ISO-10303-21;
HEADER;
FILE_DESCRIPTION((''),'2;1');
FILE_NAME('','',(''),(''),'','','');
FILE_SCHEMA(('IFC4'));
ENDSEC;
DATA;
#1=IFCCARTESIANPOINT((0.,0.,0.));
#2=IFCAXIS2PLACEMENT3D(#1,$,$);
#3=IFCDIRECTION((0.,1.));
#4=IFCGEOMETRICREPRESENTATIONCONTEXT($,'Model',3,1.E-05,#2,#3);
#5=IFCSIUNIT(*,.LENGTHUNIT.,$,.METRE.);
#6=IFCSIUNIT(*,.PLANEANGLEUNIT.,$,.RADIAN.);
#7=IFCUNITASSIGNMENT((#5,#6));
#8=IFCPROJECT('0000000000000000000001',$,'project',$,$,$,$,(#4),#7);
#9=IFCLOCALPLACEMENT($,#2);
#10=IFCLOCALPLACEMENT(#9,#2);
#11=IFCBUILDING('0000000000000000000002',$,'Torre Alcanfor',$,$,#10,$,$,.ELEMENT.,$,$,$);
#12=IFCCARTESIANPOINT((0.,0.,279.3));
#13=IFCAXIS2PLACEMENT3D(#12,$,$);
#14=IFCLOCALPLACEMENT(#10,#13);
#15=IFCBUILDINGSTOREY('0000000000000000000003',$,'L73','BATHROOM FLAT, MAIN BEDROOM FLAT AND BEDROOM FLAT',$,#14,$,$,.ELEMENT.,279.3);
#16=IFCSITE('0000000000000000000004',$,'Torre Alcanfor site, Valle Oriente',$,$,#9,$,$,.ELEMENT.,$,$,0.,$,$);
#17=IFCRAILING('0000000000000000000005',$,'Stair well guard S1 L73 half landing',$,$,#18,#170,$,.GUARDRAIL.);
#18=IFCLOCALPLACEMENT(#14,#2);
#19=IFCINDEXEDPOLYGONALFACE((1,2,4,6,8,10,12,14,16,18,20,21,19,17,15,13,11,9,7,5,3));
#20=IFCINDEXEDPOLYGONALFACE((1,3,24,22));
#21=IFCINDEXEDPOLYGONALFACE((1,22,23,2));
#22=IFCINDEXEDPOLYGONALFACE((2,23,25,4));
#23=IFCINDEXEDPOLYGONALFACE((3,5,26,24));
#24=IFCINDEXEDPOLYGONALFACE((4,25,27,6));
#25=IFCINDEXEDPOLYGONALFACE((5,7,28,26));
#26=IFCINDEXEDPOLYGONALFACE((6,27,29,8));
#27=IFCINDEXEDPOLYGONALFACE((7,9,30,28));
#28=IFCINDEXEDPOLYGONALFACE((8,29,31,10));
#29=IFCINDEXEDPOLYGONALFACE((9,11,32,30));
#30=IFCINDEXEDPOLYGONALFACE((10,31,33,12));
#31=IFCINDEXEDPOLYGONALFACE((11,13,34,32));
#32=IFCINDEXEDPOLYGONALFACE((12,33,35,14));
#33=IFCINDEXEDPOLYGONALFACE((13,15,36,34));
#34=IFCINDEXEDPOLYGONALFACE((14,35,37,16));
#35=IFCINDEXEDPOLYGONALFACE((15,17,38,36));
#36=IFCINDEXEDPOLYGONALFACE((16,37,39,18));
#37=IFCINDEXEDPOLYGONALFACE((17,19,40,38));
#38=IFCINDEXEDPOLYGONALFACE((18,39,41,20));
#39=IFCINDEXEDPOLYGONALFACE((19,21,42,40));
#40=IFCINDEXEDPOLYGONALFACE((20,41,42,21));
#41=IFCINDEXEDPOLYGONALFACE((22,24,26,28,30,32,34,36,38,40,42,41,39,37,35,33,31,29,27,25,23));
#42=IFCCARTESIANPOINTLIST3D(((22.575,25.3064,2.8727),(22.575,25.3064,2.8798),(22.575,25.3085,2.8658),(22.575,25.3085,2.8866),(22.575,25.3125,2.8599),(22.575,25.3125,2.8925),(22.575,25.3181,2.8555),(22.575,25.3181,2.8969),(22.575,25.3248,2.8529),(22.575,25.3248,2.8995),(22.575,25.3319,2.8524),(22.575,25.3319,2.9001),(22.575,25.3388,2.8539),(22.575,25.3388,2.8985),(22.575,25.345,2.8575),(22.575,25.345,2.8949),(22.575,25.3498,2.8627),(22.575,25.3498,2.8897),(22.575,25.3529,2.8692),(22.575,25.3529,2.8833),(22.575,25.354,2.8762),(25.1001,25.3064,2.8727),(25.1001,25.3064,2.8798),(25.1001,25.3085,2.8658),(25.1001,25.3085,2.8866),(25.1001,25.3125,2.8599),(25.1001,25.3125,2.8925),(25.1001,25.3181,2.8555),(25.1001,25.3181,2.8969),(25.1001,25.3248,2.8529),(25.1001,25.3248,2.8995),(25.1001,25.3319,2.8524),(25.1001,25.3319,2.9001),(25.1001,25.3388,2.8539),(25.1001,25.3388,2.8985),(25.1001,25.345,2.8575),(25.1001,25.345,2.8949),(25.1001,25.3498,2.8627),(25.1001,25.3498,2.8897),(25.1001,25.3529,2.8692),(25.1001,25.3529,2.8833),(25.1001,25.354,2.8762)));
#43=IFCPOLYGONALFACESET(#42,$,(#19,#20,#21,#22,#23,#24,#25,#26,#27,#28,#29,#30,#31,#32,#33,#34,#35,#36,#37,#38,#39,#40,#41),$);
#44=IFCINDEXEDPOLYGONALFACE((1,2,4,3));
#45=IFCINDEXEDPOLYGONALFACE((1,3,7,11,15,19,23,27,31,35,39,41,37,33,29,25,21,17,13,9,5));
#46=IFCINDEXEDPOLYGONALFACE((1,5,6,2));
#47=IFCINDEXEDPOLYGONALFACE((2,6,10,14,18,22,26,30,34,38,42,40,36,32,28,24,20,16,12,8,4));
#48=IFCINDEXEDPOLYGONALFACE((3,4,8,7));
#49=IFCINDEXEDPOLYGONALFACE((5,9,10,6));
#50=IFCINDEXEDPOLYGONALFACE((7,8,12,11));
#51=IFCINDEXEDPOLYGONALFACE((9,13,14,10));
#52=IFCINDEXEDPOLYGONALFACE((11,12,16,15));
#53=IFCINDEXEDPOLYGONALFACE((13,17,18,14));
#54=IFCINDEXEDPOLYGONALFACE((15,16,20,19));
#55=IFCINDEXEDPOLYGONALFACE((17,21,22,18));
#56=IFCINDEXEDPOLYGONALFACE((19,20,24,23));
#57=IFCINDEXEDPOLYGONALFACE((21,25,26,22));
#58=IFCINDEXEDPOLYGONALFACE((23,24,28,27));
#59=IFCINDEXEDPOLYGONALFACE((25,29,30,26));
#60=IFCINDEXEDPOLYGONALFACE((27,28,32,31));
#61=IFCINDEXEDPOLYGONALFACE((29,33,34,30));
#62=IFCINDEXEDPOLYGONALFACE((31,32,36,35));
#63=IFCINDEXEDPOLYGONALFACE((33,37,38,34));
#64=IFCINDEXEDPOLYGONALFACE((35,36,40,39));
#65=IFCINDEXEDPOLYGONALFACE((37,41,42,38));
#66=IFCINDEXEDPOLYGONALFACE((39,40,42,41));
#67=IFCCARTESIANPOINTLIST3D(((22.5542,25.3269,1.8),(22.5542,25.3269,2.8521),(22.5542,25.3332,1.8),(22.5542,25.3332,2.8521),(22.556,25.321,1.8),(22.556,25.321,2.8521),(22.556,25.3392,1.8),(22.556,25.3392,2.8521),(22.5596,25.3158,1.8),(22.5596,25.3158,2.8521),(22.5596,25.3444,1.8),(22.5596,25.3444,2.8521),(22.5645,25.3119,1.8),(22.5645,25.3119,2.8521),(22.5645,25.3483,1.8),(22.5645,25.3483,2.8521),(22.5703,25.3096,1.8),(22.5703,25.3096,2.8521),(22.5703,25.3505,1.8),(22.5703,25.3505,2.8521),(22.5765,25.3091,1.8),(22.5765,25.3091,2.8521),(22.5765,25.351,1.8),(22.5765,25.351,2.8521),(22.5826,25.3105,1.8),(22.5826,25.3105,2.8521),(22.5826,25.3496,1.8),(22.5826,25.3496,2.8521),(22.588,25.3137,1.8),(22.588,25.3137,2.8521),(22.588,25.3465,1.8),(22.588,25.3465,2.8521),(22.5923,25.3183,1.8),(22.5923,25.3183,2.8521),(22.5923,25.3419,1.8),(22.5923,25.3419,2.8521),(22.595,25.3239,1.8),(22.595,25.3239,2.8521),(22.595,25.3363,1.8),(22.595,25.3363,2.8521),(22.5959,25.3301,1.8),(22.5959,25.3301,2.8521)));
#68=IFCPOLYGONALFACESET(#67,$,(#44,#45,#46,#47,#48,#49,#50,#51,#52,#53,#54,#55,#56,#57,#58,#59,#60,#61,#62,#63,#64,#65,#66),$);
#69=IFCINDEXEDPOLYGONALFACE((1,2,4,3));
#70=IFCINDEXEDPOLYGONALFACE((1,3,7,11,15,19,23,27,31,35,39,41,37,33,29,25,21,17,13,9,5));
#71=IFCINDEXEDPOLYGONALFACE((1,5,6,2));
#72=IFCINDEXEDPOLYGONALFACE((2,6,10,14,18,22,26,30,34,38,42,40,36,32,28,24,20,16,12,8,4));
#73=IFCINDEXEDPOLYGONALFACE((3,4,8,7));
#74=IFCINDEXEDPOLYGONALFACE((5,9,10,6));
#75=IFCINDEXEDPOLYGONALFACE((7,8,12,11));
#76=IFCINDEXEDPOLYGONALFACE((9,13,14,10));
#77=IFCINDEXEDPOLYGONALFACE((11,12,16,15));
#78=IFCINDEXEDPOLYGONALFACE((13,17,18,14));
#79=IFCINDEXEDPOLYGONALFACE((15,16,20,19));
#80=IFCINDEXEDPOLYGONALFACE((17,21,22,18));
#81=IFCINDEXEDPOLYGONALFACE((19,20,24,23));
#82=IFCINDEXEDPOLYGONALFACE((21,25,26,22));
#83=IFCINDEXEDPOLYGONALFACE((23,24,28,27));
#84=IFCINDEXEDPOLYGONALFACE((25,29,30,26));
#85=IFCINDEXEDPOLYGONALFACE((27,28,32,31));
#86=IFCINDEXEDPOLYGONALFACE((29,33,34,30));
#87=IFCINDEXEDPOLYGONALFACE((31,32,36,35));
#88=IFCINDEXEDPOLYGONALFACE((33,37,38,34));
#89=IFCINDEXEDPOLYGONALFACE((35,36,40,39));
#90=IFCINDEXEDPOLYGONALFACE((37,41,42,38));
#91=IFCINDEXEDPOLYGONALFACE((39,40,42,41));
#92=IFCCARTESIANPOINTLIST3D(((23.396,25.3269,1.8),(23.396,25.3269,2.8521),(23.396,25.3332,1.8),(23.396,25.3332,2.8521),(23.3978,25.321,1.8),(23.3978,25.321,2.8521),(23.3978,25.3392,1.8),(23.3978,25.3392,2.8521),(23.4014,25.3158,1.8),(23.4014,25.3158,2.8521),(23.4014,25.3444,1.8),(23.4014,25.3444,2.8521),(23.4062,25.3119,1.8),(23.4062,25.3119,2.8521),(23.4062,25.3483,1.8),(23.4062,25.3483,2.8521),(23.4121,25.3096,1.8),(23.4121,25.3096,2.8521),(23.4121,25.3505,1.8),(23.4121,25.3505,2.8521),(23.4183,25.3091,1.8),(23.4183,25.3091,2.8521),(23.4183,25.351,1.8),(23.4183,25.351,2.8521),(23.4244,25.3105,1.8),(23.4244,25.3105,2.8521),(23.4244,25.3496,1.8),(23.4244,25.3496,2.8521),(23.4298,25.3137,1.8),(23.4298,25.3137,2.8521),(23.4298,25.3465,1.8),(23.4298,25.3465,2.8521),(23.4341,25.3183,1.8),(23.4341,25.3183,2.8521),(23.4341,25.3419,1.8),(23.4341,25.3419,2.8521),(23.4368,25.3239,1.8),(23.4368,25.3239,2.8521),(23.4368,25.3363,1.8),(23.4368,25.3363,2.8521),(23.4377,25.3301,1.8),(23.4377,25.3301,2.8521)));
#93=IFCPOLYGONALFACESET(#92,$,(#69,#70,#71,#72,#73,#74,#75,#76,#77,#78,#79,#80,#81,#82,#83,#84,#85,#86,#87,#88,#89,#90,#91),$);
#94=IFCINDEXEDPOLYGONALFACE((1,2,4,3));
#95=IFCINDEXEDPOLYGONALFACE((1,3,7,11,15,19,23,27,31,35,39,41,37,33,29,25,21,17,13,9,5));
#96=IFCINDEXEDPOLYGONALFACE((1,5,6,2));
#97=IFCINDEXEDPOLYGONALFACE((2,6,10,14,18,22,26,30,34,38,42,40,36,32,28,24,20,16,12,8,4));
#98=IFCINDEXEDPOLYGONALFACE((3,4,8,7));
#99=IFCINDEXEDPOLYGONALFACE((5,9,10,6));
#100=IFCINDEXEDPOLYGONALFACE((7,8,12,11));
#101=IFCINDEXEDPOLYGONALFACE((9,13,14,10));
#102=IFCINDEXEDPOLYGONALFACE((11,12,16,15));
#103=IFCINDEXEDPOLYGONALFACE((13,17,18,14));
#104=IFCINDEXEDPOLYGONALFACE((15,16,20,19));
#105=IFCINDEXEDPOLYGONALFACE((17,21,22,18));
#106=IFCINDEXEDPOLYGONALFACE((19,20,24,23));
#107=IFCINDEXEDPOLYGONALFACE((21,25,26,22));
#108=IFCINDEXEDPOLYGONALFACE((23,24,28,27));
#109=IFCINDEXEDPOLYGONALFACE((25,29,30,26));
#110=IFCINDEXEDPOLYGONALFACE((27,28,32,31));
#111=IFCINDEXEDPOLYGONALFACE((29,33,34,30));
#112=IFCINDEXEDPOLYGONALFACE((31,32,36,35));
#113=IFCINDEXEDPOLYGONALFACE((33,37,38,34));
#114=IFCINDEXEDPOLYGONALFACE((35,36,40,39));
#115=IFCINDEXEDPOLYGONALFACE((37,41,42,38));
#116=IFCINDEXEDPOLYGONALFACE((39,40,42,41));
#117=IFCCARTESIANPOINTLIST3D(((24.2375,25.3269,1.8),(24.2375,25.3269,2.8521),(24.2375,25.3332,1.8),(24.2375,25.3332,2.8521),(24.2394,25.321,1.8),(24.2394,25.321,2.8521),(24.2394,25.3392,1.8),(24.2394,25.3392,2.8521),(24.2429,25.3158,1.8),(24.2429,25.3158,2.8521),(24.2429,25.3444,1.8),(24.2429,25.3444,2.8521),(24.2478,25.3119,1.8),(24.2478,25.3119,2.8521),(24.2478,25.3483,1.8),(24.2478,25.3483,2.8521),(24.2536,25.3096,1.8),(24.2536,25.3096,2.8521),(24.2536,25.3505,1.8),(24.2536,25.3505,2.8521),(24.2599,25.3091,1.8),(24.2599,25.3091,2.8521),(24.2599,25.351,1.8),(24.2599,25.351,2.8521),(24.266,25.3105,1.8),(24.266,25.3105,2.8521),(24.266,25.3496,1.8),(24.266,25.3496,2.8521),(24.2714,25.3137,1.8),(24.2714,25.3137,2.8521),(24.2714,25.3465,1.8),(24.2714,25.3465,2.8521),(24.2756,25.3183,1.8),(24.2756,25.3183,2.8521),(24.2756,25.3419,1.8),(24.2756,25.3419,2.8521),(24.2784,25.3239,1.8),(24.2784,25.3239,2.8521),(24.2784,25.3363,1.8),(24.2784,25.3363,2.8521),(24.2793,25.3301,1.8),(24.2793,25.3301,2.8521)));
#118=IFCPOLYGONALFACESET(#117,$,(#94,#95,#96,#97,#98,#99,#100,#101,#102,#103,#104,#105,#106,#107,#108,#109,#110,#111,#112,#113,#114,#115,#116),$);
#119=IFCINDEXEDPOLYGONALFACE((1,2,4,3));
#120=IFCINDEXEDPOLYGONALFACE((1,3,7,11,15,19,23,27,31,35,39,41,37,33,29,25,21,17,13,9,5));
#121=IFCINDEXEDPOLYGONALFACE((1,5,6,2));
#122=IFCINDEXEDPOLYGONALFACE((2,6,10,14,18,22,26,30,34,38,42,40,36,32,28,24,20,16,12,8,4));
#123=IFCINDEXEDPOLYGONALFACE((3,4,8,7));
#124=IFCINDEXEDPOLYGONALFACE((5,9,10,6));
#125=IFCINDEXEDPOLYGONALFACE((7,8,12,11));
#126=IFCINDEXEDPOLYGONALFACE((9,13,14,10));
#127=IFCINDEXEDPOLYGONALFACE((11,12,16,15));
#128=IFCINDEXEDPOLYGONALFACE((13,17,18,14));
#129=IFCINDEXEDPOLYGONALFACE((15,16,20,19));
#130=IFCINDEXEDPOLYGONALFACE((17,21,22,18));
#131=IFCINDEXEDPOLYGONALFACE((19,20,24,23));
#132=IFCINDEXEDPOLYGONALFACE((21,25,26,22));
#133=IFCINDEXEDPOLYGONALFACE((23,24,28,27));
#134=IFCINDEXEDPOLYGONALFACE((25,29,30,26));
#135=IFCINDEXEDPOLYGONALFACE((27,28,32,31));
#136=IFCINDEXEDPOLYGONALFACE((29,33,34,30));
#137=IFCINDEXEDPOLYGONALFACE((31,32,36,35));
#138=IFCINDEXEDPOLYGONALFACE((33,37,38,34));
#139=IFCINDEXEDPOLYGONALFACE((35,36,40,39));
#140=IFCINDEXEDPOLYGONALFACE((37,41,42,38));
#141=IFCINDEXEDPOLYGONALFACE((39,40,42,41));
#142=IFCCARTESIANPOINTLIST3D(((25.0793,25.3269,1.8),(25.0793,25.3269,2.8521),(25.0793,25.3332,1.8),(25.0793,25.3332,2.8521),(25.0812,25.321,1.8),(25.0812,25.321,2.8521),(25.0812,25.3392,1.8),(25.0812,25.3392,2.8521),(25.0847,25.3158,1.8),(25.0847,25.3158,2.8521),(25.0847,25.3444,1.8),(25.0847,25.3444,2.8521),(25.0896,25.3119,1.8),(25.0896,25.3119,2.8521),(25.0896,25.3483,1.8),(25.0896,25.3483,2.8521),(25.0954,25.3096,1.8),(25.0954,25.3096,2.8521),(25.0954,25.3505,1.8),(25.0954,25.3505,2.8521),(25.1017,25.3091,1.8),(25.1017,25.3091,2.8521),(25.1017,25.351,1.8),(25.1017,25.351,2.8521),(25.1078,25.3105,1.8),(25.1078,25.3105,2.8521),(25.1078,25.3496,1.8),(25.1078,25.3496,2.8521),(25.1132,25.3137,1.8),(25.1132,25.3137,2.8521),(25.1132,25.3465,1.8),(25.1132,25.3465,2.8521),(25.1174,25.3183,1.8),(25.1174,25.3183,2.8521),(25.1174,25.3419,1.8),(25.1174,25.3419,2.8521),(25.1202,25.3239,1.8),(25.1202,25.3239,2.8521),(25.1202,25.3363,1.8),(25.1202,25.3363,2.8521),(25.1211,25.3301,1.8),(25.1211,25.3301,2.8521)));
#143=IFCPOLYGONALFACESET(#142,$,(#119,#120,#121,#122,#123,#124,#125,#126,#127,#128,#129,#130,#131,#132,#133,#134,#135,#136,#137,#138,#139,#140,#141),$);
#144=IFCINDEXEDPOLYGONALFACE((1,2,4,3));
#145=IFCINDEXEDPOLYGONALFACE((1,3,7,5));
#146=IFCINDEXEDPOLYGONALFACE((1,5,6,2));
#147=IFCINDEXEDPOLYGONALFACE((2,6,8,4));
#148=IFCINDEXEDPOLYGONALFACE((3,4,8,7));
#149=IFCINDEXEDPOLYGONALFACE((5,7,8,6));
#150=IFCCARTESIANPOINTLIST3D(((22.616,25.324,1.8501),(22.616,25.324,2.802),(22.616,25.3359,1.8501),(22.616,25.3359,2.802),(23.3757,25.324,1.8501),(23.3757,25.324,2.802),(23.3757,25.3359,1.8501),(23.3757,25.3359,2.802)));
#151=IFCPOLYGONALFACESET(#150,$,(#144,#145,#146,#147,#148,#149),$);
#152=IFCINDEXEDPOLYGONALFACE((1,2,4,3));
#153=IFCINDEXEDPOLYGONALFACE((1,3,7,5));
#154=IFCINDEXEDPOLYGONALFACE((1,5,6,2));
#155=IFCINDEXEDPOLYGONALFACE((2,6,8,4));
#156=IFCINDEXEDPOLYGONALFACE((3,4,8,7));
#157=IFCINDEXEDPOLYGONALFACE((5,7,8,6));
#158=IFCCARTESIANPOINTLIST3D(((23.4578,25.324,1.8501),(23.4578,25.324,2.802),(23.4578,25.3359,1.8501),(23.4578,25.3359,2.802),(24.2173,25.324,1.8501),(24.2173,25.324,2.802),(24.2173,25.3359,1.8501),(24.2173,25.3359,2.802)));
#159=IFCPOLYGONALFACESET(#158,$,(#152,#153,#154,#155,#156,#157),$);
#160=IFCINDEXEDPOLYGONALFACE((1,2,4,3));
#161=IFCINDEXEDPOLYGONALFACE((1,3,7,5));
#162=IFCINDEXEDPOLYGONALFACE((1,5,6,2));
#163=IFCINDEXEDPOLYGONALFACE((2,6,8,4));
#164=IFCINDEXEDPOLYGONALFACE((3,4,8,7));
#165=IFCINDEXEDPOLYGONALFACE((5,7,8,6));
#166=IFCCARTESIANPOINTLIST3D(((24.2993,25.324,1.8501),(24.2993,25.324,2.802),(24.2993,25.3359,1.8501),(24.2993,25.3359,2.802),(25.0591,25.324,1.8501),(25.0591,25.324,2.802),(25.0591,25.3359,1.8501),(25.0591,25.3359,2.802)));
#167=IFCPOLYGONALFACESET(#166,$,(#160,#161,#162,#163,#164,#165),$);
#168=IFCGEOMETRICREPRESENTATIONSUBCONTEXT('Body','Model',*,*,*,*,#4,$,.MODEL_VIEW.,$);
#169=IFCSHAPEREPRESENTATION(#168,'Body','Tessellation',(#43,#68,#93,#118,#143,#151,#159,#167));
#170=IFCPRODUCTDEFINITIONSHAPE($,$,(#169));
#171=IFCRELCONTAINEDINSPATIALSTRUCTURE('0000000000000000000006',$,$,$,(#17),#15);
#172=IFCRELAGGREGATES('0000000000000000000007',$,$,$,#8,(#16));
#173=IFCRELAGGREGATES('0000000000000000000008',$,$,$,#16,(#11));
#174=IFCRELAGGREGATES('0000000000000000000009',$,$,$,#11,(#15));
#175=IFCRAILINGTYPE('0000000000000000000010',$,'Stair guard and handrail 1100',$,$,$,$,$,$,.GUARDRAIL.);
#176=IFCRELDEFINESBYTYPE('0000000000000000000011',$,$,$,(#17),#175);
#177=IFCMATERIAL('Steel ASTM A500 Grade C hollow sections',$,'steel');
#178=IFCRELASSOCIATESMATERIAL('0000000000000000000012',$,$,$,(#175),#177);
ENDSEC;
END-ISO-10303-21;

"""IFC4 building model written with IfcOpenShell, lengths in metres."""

from ifc_helpers import new_model, si_unit, direction, frame, origin, origin_2d, place, context, subcontext, project, spatial, polyline, circle, outline, extrude, material, type_object, element, save


model = new_model("IFC4")

# Units and contexts
model_context = context("Model", 3, precision=1e-05, world=origin(), true_north=direction((0.0, 1.0)))
body_context = subcontext(model_context, "Body", "Model", "MODEL_VIEW")
ifc_project = project(units=[si_unit("LENGTHUNIT", "METRE"), si_unit("PLANEANGLEUNIT", "RADIAN")], contexts=[model_context])

# Site, building, storey
site_placement = place(None, origin())
site = spatial("IfcSite", under=ifc_project, at=site_placement, Name="Torre Alcanfor site, Valle Oriente", CompositionType="ELEMENT", RefElevation=0.0)
building_placement = place(site_placement, origin())
building = spatial("IfcBuilding", under=site, at=building_placement, Name="Torre Alcanfor", CompositionType="ELEMENT")
storey_placement = place(building_placement, frame((0.0, 0.0, 279.3)))
storey = spatial("IfcBuildingStorey", under=building, at=storey_placement, Name="L73", Description="BATHROOM FLAT, MAIN BEDROOM FLAT AND BEDROOM FLAT", CompositionType="ELEMENT", Elevation=279.3)

# Railing
ifc_material_1 = material(Name="Steel ASTM A500 Grade C hollow sections", Category="steel")
railing_type_1 = type_object("IfcRailingType", Name="Stair guard and handrail 1100", PredefinedType="GUARDRAIL", material=ifc_material_1)
for number, where, name in (
    (1, (22.575, 25.3301, 1.8), "Stair well guard S1 L73 half landing"),
):
    element("IfcRailing", number, at=place(storey_placement, frame(where)), inside=storey, type_object=railing_type_1, Name=name, PredefinedType="GUARDRAIL", context=body_context, shape_type="SweptSolid", body=[
        extrude(circle(Radius=0.0239, at=origin_2d()), frame((0.0, 0.0, 1.0762), z_axis=(1.0, 0.0, 0.0), x_axis=(0.0, 1.0, 0.0)), (0.0, 0.0, 1.0), 2.5251),
        extrude(circle(Radius=0.021, at=origin_2d()), origin(), (0.0, 0.0, 1.0), 1.052),
        extrude(circle(Radius=0.021, at=origin_2d()), frame((0.8418, 0.0, 0.0)), (0.0, 0.0, 1.0), 1.052),
        extrude(circle(Radius=0.021, at=origin_2d()), frame((1.6833, 0.0, 0.0)), (0.0, 0.0, 1.0), 1.052),
        extrude(circle(Radius=0.021, at=origin_2d()), frame((2.5251, 0.0, 0.0)), (0.0, 0.0, 1.0), 1.052),
        extrude(outline(polyline([(0.041, 0.05), (0.8008, 0.05), (0.8008, 1.002), (0.041, 1.002), (0.041, 0.05)])), frame((0.0, 0.0059, 0.0), z_axis=(0.0, -1.0, 0.0), x_axis=(1.0, 0.0, 0.0)), (0.0, 0.0, 1.0), 0.012),
        extrude(outline(polyline([(0.8828, 0.05), (1.6423, 0.05), (1.6423, 1.002), (0.8828, 1.002), (0.8828, 0.05)])), frame((0.0, 0.0059, 0.0), z_axis=(0.0, -1.0, 0.0), x_axis=(1.0, 0.0, 0.0)), (0.0, 0.0, 1.0), 0.012),
        extrude(outline(polyline([(1.7244, 0.05), (2.4841, 0.05), (2.4841, 1.002), (1.7244, 1.002), (1.7244, 0.05)])), frame((0.0, 0.0059, 0.0), z_axis=(0.0, -1.0, 0.0), x_axis=(1.0, 0.0, 0.0)), (0.0, 0.0, 1.0), 0.012),
    ])

save(model, "model.ifc")
